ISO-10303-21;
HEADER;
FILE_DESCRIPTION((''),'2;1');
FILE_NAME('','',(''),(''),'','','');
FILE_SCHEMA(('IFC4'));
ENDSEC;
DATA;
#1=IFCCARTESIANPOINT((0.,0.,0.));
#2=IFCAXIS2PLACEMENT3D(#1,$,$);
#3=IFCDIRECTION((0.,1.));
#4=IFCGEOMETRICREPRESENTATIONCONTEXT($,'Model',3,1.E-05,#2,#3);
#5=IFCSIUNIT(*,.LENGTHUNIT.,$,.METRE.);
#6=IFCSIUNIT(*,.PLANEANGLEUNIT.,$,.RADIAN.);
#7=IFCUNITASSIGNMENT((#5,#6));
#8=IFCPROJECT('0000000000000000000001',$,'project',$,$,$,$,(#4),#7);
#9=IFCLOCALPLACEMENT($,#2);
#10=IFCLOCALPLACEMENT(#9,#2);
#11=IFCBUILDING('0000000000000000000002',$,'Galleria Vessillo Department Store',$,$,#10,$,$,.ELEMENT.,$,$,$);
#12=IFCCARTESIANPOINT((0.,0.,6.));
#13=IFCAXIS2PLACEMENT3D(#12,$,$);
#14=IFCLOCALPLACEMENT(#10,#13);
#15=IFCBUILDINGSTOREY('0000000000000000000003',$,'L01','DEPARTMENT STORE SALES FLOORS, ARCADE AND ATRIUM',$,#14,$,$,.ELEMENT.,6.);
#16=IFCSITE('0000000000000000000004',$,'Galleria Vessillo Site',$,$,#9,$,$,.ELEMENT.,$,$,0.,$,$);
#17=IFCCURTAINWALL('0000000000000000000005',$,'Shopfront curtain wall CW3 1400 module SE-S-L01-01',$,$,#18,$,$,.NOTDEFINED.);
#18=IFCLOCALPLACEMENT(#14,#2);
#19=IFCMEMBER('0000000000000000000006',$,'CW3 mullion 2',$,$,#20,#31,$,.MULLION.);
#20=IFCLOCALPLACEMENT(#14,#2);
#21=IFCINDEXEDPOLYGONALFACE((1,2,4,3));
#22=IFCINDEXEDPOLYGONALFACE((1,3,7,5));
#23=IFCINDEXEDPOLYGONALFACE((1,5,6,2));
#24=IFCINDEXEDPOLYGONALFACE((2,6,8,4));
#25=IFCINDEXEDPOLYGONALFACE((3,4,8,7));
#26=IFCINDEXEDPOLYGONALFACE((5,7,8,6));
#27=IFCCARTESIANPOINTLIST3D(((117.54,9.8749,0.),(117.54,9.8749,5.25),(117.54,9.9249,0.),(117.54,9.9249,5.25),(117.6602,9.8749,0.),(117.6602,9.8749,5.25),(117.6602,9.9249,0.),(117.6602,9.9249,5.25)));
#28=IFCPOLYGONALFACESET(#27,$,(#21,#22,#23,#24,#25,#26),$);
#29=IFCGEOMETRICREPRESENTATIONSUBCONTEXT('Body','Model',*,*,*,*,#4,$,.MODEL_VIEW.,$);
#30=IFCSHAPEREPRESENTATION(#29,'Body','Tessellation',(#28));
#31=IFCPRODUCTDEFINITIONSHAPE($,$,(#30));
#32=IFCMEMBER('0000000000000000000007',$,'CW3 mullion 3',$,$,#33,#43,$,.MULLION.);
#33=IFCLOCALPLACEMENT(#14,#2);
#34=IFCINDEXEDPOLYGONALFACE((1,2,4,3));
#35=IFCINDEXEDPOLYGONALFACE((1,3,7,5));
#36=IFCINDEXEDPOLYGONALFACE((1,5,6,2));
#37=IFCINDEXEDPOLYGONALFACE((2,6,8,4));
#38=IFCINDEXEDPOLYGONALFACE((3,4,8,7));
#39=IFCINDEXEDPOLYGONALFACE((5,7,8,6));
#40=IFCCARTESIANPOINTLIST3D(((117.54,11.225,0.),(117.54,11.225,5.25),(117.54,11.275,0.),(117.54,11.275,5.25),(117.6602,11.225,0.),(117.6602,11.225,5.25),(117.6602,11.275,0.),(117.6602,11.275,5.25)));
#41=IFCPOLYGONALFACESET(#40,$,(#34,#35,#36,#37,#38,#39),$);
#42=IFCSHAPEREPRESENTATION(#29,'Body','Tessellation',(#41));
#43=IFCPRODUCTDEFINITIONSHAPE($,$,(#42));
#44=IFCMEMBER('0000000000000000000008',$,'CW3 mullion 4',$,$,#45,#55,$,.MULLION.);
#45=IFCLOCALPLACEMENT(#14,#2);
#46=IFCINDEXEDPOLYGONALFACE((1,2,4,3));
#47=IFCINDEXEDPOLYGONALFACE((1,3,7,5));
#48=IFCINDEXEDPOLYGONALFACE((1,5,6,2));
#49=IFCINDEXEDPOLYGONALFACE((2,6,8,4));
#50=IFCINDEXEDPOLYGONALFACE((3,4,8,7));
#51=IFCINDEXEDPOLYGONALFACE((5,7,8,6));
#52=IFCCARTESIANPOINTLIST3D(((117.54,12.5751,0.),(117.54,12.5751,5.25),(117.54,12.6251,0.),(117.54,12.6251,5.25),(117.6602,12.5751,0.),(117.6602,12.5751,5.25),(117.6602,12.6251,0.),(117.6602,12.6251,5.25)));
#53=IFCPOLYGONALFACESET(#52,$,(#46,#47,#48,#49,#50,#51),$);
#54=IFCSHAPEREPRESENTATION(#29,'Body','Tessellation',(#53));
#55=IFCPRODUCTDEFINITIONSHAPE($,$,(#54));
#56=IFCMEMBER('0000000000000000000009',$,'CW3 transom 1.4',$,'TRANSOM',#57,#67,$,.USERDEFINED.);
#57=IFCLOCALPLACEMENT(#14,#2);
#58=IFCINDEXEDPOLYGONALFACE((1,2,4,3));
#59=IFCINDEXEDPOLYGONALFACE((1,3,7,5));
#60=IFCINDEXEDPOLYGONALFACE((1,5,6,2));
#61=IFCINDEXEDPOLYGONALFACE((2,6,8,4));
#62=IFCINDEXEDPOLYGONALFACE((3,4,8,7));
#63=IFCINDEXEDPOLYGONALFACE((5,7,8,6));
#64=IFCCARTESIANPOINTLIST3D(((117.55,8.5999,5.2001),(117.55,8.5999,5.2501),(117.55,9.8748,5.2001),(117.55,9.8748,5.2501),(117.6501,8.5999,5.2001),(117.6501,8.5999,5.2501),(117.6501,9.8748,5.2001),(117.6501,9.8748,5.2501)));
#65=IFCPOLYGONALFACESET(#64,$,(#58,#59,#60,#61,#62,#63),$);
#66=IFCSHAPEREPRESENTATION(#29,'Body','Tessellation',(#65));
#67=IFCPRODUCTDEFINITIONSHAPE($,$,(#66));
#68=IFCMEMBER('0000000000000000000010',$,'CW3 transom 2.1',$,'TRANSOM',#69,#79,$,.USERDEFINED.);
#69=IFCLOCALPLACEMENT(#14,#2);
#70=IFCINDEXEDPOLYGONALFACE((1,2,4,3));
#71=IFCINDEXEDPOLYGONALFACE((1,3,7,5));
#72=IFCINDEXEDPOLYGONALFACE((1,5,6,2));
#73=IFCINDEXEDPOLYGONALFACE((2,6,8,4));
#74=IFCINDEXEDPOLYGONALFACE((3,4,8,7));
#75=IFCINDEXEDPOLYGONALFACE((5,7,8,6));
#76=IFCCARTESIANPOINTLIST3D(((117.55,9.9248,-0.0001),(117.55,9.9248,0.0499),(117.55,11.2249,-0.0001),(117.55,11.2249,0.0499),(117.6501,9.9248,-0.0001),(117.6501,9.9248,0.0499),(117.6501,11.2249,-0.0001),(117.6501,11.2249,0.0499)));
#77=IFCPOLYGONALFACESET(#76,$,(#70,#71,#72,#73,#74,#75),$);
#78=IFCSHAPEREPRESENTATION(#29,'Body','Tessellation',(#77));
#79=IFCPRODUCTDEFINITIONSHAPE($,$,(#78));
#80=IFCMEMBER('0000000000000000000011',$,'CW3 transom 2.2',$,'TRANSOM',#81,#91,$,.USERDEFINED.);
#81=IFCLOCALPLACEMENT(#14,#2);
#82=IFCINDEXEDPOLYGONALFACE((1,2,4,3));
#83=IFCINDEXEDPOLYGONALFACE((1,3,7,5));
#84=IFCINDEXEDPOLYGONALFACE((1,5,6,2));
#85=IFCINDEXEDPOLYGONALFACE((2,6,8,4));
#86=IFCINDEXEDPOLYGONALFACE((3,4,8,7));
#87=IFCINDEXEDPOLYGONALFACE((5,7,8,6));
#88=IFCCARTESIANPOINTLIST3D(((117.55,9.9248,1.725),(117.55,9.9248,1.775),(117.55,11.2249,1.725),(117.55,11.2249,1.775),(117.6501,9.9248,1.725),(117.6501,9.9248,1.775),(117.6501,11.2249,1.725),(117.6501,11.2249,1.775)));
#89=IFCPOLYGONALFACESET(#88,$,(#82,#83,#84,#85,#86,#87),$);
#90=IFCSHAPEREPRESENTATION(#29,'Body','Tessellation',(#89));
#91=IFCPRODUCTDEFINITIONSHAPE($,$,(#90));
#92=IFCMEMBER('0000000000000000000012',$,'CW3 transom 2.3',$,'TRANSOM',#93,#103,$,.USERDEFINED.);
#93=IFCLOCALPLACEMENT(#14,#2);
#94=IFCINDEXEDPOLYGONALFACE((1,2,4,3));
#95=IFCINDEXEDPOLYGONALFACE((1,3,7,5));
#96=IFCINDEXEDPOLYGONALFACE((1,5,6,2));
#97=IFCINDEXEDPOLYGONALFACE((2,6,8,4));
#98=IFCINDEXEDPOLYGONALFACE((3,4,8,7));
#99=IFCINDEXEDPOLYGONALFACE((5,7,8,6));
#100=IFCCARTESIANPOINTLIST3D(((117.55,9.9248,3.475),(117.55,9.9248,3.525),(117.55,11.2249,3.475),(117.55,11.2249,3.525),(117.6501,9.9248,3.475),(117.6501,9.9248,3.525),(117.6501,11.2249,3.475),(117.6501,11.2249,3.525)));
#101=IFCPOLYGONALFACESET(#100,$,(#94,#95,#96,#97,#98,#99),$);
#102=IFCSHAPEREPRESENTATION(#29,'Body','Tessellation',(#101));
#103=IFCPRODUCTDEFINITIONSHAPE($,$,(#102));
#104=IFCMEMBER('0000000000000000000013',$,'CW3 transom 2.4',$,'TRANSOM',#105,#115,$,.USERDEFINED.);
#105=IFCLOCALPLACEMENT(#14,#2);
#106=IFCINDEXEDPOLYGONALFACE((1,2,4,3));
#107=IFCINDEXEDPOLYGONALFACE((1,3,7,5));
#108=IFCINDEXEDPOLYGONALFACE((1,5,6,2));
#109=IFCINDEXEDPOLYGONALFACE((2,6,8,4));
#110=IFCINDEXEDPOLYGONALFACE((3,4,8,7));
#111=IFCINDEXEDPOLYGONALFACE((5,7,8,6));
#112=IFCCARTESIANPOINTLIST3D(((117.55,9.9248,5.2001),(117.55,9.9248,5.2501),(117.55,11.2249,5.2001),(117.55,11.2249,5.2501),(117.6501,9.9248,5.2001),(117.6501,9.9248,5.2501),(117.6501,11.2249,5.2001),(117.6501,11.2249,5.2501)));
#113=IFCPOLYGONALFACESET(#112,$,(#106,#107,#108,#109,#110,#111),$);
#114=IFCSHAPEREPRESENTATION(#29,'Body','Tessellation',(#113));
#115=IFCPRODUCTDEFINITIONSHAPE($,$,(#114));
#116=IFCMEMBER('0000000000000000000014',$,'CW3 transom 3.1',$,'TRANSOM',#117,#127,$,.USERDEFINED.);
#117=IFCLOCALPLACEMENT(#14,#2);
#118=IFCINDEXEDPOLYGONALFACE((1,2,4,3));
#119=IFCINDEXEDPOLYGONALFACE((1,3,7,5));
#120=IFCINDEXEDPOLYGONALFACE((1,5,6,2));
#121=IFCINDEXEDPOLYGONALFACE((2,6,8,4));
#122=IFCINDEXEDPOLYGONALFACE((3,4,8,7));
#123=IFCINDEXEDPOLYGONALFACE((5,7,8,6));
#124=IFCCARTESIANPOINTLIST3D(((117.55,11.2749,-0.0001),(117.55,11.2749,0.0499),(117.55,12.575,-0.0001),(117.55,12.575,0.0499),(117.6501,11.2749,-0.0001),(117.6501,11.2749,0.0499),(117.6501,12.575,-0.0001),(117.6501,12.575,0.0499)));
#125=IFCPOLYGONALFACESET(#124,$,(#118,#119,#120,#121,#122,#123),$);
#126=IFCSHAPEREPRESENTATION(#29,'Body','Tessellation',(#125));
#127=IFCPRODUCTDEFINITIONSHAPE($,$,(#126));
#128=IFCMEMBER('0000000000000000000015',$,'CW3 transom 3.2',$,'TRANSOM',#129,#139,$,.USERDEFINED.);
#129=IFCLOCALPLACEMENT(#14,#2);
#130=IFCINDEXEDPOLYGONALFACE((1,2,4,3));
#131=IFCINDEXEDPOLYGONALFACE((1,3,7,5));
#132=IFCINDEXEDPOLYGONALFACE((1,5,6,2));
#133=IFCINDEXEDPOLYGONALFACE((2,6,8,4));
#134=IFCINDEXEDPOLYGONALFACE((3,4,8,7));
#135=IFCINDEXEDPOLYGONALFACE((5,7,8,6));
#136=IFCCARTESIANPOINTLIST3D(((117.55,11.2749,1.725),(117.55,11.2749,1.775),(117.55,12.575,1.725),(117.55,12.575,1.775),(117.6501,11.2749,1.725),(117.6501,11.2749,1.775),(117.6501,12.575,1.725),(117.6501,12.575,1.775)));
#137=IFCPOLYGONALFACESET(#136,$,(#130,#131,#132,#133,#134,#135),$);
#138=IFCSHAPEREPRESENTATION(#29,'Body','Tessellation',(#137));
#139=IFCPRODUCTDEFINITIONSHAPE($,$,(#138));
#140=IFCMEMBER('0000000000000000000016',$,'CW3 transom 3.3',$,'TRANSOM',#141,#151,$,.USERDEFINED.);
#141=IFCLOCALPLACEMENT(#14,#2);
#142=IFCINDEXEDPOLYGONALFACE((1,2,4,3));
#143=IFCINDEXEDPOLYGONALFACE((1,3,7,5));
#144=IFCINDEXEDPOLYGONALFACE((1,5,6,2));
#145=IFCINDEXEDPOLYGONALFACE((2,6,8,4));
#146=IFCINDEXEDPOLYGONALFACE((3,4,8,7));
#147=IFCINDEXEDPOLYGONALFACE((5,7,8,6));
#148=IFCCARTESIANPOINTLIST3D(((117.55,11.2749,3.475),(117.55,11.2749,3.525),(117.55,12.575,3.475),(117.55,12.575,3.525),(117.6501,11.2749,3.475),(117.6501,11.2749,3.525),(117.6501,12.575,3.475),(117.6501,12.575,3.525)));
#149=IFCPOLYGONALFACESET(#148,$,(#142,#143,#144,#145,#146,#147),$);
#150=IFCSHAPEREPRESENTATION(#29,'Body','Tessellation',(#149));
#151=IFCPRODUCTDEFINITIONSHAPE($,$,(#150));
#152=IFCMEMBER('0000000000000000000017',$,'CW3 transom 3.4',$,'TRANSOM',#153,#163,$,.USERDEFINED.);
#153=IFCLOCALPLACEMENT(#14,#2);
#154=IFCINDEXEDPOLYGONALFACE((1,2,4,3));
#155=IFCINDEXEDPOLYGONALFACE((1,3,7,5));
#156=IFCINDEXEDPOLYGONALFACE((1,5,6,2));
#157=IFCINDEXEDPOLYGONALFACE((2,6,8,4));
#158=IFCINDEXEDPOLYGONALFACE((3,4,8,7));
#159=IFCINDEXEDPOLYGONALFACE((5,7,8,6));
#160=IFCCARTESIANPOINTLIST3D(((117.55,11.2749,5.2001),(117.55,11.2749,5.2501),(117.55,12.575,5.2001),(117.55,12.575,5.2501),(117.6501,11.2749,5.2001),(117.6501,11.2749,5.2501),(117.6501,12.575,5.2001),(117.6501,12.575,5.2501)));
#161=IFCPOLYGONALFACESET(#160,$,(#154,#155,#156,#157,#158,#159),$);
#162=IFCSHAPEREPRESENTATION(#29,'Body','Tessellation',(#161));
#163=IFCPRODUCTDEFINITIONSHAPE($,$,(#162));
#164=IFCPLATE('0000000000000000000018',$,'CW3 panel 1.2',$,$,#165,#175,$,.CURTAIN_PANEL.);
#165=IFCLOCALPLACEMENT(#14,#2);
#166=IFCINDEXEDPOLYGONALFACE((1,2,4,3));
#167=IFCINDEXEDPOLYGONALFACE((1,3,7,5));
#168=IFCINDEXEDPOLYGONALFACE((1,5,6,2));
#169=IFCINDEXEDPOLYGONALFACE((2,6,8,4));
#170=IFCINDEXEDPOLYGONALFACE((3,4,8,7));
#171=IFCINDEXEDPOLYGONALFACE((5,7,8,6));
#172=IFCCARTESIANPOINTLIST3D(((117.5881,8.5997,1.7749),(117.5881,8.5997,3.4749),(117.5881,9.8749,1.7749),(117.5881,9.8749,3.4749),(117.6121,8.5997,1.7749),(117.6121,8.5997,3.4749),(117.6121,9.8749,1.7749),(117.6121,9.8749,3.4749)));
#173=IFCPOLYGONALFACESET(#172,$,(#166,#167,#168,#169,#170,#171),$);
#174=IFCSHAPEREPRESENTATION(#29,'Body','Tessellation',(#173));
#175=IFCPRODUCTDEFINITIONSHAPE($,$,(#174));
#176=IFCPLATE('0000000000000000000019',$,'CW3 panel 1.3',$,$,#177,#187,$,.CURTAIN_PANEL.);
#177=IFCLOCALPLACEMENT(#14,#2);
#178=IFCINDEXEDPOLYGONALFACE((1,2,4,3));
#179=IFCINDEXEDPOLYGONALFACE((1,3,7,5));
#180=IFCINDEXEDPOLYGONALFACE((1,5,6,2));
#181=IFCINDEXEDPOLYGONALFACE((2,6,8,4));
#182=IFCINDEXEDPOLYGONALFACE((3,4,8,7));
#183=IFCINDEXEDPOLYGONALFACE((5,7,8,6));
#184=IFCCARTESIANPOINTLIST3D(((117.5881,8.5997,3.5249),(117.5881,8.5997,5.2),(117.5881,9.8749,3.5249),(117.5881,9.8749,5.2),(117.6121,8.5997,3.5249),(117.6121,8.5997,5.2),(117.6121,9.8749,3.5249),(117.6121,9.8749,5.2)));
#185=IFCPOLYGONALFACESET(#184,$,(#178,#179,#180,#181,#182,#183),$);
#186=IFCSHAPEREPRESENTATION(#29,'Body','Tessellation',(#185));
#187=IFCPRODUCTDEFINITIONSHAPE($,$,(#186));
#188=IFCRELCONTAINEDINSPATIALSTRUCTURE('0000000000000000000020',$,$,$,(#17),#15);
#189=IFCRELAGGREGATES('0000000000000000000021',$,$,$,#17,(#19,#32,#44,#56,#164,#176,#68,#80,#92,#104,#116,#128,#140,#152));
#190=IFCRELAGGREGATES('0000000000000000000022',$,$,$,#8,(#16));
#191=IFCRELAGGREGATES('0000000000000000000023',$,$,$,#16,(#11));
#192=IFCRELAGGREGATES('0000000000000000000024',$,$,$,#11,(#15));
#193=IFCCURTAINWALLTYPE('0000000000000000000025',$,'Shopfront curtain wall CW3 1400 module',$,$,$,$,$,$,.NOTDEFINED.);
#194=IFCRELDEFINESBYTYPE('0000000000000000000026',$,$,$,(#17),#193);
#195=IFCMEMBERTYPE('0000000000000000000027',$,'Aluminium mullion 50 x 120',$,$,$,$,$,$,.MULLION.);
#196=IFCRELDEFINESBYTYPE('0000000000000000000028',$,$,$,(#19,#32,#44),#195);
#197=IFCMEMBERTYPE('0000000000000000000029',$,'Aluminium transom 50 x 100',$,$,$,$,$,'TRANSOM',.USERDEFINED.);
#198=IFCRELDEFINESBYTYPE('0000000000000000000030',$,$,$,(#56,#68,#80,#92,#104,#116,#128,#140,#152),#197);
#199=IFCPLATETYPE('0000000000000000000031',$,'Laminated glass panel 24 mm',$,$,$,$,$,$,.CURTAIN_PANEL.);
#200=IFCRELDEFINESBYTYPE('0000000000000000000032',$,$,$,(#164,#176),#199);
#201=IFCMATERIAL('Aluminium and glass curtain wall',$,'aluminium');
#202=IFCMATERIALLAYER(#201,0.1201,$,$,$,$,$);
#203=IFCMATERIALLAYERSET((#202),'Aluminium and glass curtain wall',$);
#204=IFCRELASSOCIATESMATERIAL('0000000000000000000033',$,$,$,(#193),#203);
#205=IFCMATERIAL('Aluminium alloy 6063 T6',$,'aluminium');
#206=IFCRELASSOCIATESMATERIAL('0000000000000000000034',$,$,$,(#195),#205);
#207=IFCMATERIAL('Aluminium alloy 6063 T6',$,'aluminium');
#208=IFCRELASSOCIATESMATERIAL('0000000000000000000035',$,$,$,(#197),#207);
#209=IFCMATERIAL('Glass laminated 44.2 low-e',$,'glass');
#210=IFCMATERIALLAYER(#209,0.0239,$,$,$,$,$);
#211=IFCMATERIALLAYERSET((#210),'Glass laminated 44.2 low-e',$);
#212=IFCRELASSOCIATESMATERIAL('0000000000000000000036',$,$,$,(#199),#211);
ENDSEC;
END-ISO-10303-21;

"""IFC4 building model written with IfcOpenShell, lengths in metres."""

from ifc_helpers import new_model, si_unit, direction, frame, origin, origin_2d, place, context, subcontext, project, spatial, rectangle, extrude, material, layer, layer_set, material_profile, profile_set, type_object, element, aggregate, save


model = new_model("IFC4")

# Units and contexts
model_context = context("Model", 3, precision=1e-05, world=origin(), true_north=direction((0.0, 1.0)))
body_context = subcontext(model_context, "Body", "Model", "MODEL_VIEW")
ifc_project = project(units=[si_unit("LENGTHUNIT", "METRE"), si_unit("PLANEANGLEUNIT", "RADIAN")], contexts=[model_context])

# Site, building, storey
site_placement = place(None, origin())
site = spatial("IfcSite", under=ifc_project, at=site_placement, Name="Galleria Vessillo Site", CompositionType="ELEMENT", RefElevation=0.0)
building_placement = place(site_placement, origin())
building = spatial("IfcBuilding", under=site, at=building_placement, Name="Galleria Vessillo Department Store", CompositionType="ELEMENT")
storey_placement = place(building_placement, frame((0.0, 0.0, 6.0)))
storey = spatial("IfcBuildingStorey", under=building, at=storey_placement, Name="L01", Description="DEPARTMENT STORE SALES FLOORS, ARCADE AND ATRIUM", CompositionType="ELEMENT", Elevation=6.0)

# Curtain wall, members, plates
ifc_material_1 = material(Name="Aluminium and glass curtain wall", Category="aluminium")
ifc_layer_1 = layer(ifc_material_1, 0.1201)
ifc_layer_set_1 = layer_set([ifc_layer_1], Name="Aluminium and glass curtain wall")
curtain_wall_type = type_object("IfcCurtainWallType", Name="Shopfront curtain wall CW3 1400 module", PredefinedType="NOTDEFINED", material=ifc_layer_set_1)
curtain_wall_placement = place(storey_placement, origin())
curtain_wall = element("IfcCurtainWall", 1, at=curtain_wall_placement, inside=storey, type_object=curtain_wall_type, Name="Shopfront curtain wall CW3 1400 module SE-S-L01-01", PredefinedType="NOTDEFINED")
ifc_material_2 = material(Name="Aluminium alloy 6063 T6", Category="aluminium")
ifc_material_profile_1 = material_profile(ifc_material_2, rectangle(XDim=0.1201, YDim=0.05, at=origin_2d()), Name="AL 50x120")
ifc_profile_set_1 = profile_set([ifc_material_profile_1], Name="Aluminium alloy 6063 T6")
member_type_1 = type_object("IfcMemberType", Name="Aluminium mullion 50 x 120", PredefinedType="MULLION", material=ifc_profile_set_1)
member_1_placement = place(storey_placement, frame((117.6001, 9.8999, 0.0), z_axis=(0.0, 0.0, 1.0), x_axis=(-1.0, 0.0, 0.0)))
member_1 = element("IfcMember", 2, at=member_1_placement, type_object=member_type_1, Name="CW3 mullion 2", PredefinedType="MULLION", context=body_context, shape_type="SweptSolid", body=[
    extrude(rectangle(XDim=0.1201, YDim=0.05, at=origin_2d()), origin(), (0.0, 0.0, 1.0), 5.25),
])
member_2_placement = place(storey_placement, frame((117.6001, 11.25, 0.0), z_axis=(0.0, 0.0, 1.0), x_axis=(-1.0, 0.0, 0.0)))
member_2 = element("IfcMember", 3, at=member_2_placement, type_object=member_type_1, Name="CW3 mullion 3", PredefinedType="MULLION", context=body_context, shape_type="SweptSolid", body=[
    extrude(rectangle(XDim=0.1201, YDim=0.05, at=origin_2d()), origin(), (0.0, 0.0, 1.0), 5.25),
])
member_3_placement = place(storey_placement, frame((117.6001, 12.6001, 0.0), z_axis=(0.0, 0.0, 1.0), x_axis=(-1.0, 0.0, 0.0)))
member_3 = element("IfcMember", 4, at=member_3_placement, type_object=member_type_1, Name="CW3 mullion 4", PredefinedType="MULLION", context=body_context, shape_type="SweptSolid", body=[
    extrude(rectangle(XDim=0.1201, YDim=0.05, at=origin_2d()), origin(), (0.0, 0.0, 1.0), 5.25),
])
ifc_material_3 = material(Name="Aluminium alloy 6063 T6", Category="aluminium")
ifc_material_profile_2 = material_profile(ifc_material_3, rectangle(XDim=0.1001, YDim=0.05, at=origin_2d()), Name="AL 50x100")
ifc_profile_set_2 = profile_set([ifc_material_profile_2], Name="Aluminium alloy 6063 T6")
member_type_2 = type_object("IfcMemberType", Name="Aluminium transom 50 x 100", ElementType="TRANSOM", PredefinedType="USERDEFINED", material=ifc_profile_set_2)
member_4_placement = place(storey_placement, frame((117.6001, 8.5999, 5.2251), z_axis=(0.0, 1.0, 0.0), x_axis=(-1.0, 0.0, 0.0)))
member_4 = element("IfcMember", 5, at=member_4_placement, type_object=member_type_2, Name="CW3 transom 1.4", ObjectType="TRANSOM", PredefinedType="USERDEFINED", context=body_context, shape_type="SweptSolid", body=[
    extrude(rectangle(XDim=0.1001, YDim=0.05, at=origin_2d()), origin(), (0.0, 0.0, 1.0), 1.2749),
])
member_5_placement = place(storey_placement, frame((117.6001, 9.9248, 0.0249), z_axis=(0.0, 1.0, 0.0), x_axis=(-1.0, 0.0, 0.0)))
member_5 = element("IfcMember", 6, at=member_5_placement, type_object=member_type_2, Name="CW3 transom 2.1", ObjectType="TRANSOM", PredefinedType="USERDEFINED", context=body_context, shape_type="SweptSolid", body=[
    extrude(rectangle(XDim=0.1001, YDim=0.05, at=origin_2d()), origin(), (0.0, 0.0, 1.0), 1.3),
])
member_6_placement = place(storey_placement, frame((117.6001, 9.9248, 1.75), z_axis=(0.0, 1.0, 0.0), x_axis=(-1.0, 0.0, 0.0)))
member_6 = element("IfcMember", 7, at=member_6_placement, type_object=member_type_2, Name="CW3 transom 2.2", ObjectType="TRANSOM", PredefinedType="USERDEFINED", context=body_context, shape_type="SweptSolid", body=[
    extrude(rectangle(XDim=0.1001, YDim=0.05, at=origin_2d()), origin(), (0.0, 0.0, 1.0), 1.3),
])
member_7_placement = place(storey_placement, frame((117.6001, 9.9248, 3.5), z_axis=(0.0, 1.0, 0.0), x_axis=(-1.0, 0.0, 0.0)))
member_7 = element("IfcMember", 8, at=member_7_placement, type_object=member_type_2, Name="CW3 transom 2.3", ObjectType="TRANSOM", PredefinedType="USERDEFINED", context=body_context, shape_type="SweptSolid", body=[
    extrude(rectangle(XDim=0.1001, YDim=0.05, at=origin_2d()), origin(), (0.0, 0.0, 1.0), 1.3),
])
member_8_placement = place(storey_placement, frame((117.6001, 9.9248, 5.2251), z_axis=(0.0, 1.0, 0.0), x_axis=(-1.0, 0.0, 0.0)))
member_8 = element("IfcMember", 9, at=member_8_placement, type_object=member_type_2, Name="CW3 transom 2.4", ObjectType="TRANSOM", PredefinedType="USERDEFINED", context=body_context, shape_type="SweptSolid", body=[
    extrude(rectangle(XDim=0.1001, YDim=0.05, at=origin_2d()), origin(), (0.0, 0.0, 1.0), 1.3),
])
member_9_placement = place(storey_placement, frame((117.6001, 11.2749, 0.0249), z_axis=(0.0, 1.0, 0.0), x_axis=(-1.0, 0.0, 0.0)))
member_9 = element("IfcMember", 10, at=member_9_placement, type_object=member_type_2, Name="CW3 transom 3.1", ObjectType="TRANSOM", PredefinedType="USERDEFINED", context=body_context, shape_type="SweptSolid", body=[
    extrude(rectangle(XDim=0.1001, YDim=0.05, at=origin_2d()), origin(), (0.0, 0.0, 1.0), 1.3),
])
member_10_placement = place(storey_placement, frame((117.6001, 11.2749, 1.75), z_axis=(0.0, 1.0, 0.0), x_axis=(-1.0, 0.0, 0.0)))
member_10 = element("IfcMember", 11, at=member_10_placement, type_object=member_type_2, Name="CW3 transom 3.2", ObjectType="TRANSOM", PredefinedType="USERDEFINED", context=body_context, shape_type="SweptSolid", body=[
    extrude(rectangle(XDim=0.1001, YDim=0.05, at=origin_2d()), origin(), (0.0, 0.0, 1.0), 1.3),
])
member_11_placement = place(storey_placement, frame((117.6001, 11.2749, 3.5), z_axis=(0.0, 1.0, 0.0), x_axis=(-1.0, 0.0, 0.0)))
member_11 = element("IfcMember", 12, at=member_11_placement, type_object=member_type_2, Name="CW3 transom 3.3", ObjectType="TRANSOM", PredefinedType="USERDEFINED", context=body_context, shape_type="SweptSolid", body=[
    extrude(rectangle(XDim=0.1001, YDim=0.05, at=origin_2d()), origin(), (0.0, 0.0, 1.0), 1.3),
])
member_12_placement = place(storey_placement, frame((117.6001, 11.2749, 5.2251), z_axis=(0.0, 1.0, 0.0), x_axis=(-1.0, 0.0, 0.0)))
member_12 = element("IfcMember", 13, at=member_12_placement, type_object=member_type_2, Name="CW3 transom 3.4", ObjectType="TRANSOM", PredefinedType="USERDEFINED", context=body_context, shape_type="SweptSolid", body=[
    extrude(rectangle(XDim=0.1001, YDim=0.05, at=origin_2d()), origin(), (0.0, 0.0, 1.0), 1.3),
])
ifc_material_4 = material(Name="Glass laminated 44.2 low-e", Category="glass")
ifc_layer_2 = layer(ifc_material_4, 0.0239)
ifc_layer_set_2 = layer_set([ifc_layer_2], Name="Glass laminated 44.2 low-e")
plate_type_1 = type_object("IfcPlateType", Name="Laminated glass panel 24 mm", PredefinedType="CURTAIN_PANEL", material=ifc_layer_set_2)
plate_1_placement = place(storey_placement, frame((117.6001, 9.2373, 1.7749), z_axis=(0.0, 0.0, 1.0), x_axis=(0.0, 1.0, 0.0)))
plate_1 = element("IfcPlate", 14, at=plate_1_placement, type_object=plate_type_1, Name="CW3 panel 1.2", PredefinedType="CURTAIN_PANEL", context=body_context, shape_type="SweptSolid", body=[
    extrude(rectangle(XDim=1.2751, YDim=0.0239, at=origin_2d()), origin(), (0.0, 0.0, 1.0), 1.7),
])
plate_2_placement = place(storey_placement, frame((117.6001, 9.2373, 3.5249), z_axis=(0.0, 0.0, 1.0), x_axis=(0.0, 1.0, 0.0)))
plate_2 = element("IfcPlate", 15, at=plate_2_placement, type_object=plate_type_1, Name="CW3 panel 1.3", PredefinedType="CURTAIN_PANEL", context=body_context, shape_type="SweptSolid", body=[
    extrude(rectangle(XDim=1.2751, YDim=0.0239, at=origin_2d()), origin(), (0.0, 0.0, 1.0), 1.675),
])
aggregate(curtain_wall, [member_1, member_2, member_3, member_4, plate_1, plate_2, member_5, member_6, member_7, member_8, member_9, member_10, member_11, member_12])

save(model, "model.ifc")
